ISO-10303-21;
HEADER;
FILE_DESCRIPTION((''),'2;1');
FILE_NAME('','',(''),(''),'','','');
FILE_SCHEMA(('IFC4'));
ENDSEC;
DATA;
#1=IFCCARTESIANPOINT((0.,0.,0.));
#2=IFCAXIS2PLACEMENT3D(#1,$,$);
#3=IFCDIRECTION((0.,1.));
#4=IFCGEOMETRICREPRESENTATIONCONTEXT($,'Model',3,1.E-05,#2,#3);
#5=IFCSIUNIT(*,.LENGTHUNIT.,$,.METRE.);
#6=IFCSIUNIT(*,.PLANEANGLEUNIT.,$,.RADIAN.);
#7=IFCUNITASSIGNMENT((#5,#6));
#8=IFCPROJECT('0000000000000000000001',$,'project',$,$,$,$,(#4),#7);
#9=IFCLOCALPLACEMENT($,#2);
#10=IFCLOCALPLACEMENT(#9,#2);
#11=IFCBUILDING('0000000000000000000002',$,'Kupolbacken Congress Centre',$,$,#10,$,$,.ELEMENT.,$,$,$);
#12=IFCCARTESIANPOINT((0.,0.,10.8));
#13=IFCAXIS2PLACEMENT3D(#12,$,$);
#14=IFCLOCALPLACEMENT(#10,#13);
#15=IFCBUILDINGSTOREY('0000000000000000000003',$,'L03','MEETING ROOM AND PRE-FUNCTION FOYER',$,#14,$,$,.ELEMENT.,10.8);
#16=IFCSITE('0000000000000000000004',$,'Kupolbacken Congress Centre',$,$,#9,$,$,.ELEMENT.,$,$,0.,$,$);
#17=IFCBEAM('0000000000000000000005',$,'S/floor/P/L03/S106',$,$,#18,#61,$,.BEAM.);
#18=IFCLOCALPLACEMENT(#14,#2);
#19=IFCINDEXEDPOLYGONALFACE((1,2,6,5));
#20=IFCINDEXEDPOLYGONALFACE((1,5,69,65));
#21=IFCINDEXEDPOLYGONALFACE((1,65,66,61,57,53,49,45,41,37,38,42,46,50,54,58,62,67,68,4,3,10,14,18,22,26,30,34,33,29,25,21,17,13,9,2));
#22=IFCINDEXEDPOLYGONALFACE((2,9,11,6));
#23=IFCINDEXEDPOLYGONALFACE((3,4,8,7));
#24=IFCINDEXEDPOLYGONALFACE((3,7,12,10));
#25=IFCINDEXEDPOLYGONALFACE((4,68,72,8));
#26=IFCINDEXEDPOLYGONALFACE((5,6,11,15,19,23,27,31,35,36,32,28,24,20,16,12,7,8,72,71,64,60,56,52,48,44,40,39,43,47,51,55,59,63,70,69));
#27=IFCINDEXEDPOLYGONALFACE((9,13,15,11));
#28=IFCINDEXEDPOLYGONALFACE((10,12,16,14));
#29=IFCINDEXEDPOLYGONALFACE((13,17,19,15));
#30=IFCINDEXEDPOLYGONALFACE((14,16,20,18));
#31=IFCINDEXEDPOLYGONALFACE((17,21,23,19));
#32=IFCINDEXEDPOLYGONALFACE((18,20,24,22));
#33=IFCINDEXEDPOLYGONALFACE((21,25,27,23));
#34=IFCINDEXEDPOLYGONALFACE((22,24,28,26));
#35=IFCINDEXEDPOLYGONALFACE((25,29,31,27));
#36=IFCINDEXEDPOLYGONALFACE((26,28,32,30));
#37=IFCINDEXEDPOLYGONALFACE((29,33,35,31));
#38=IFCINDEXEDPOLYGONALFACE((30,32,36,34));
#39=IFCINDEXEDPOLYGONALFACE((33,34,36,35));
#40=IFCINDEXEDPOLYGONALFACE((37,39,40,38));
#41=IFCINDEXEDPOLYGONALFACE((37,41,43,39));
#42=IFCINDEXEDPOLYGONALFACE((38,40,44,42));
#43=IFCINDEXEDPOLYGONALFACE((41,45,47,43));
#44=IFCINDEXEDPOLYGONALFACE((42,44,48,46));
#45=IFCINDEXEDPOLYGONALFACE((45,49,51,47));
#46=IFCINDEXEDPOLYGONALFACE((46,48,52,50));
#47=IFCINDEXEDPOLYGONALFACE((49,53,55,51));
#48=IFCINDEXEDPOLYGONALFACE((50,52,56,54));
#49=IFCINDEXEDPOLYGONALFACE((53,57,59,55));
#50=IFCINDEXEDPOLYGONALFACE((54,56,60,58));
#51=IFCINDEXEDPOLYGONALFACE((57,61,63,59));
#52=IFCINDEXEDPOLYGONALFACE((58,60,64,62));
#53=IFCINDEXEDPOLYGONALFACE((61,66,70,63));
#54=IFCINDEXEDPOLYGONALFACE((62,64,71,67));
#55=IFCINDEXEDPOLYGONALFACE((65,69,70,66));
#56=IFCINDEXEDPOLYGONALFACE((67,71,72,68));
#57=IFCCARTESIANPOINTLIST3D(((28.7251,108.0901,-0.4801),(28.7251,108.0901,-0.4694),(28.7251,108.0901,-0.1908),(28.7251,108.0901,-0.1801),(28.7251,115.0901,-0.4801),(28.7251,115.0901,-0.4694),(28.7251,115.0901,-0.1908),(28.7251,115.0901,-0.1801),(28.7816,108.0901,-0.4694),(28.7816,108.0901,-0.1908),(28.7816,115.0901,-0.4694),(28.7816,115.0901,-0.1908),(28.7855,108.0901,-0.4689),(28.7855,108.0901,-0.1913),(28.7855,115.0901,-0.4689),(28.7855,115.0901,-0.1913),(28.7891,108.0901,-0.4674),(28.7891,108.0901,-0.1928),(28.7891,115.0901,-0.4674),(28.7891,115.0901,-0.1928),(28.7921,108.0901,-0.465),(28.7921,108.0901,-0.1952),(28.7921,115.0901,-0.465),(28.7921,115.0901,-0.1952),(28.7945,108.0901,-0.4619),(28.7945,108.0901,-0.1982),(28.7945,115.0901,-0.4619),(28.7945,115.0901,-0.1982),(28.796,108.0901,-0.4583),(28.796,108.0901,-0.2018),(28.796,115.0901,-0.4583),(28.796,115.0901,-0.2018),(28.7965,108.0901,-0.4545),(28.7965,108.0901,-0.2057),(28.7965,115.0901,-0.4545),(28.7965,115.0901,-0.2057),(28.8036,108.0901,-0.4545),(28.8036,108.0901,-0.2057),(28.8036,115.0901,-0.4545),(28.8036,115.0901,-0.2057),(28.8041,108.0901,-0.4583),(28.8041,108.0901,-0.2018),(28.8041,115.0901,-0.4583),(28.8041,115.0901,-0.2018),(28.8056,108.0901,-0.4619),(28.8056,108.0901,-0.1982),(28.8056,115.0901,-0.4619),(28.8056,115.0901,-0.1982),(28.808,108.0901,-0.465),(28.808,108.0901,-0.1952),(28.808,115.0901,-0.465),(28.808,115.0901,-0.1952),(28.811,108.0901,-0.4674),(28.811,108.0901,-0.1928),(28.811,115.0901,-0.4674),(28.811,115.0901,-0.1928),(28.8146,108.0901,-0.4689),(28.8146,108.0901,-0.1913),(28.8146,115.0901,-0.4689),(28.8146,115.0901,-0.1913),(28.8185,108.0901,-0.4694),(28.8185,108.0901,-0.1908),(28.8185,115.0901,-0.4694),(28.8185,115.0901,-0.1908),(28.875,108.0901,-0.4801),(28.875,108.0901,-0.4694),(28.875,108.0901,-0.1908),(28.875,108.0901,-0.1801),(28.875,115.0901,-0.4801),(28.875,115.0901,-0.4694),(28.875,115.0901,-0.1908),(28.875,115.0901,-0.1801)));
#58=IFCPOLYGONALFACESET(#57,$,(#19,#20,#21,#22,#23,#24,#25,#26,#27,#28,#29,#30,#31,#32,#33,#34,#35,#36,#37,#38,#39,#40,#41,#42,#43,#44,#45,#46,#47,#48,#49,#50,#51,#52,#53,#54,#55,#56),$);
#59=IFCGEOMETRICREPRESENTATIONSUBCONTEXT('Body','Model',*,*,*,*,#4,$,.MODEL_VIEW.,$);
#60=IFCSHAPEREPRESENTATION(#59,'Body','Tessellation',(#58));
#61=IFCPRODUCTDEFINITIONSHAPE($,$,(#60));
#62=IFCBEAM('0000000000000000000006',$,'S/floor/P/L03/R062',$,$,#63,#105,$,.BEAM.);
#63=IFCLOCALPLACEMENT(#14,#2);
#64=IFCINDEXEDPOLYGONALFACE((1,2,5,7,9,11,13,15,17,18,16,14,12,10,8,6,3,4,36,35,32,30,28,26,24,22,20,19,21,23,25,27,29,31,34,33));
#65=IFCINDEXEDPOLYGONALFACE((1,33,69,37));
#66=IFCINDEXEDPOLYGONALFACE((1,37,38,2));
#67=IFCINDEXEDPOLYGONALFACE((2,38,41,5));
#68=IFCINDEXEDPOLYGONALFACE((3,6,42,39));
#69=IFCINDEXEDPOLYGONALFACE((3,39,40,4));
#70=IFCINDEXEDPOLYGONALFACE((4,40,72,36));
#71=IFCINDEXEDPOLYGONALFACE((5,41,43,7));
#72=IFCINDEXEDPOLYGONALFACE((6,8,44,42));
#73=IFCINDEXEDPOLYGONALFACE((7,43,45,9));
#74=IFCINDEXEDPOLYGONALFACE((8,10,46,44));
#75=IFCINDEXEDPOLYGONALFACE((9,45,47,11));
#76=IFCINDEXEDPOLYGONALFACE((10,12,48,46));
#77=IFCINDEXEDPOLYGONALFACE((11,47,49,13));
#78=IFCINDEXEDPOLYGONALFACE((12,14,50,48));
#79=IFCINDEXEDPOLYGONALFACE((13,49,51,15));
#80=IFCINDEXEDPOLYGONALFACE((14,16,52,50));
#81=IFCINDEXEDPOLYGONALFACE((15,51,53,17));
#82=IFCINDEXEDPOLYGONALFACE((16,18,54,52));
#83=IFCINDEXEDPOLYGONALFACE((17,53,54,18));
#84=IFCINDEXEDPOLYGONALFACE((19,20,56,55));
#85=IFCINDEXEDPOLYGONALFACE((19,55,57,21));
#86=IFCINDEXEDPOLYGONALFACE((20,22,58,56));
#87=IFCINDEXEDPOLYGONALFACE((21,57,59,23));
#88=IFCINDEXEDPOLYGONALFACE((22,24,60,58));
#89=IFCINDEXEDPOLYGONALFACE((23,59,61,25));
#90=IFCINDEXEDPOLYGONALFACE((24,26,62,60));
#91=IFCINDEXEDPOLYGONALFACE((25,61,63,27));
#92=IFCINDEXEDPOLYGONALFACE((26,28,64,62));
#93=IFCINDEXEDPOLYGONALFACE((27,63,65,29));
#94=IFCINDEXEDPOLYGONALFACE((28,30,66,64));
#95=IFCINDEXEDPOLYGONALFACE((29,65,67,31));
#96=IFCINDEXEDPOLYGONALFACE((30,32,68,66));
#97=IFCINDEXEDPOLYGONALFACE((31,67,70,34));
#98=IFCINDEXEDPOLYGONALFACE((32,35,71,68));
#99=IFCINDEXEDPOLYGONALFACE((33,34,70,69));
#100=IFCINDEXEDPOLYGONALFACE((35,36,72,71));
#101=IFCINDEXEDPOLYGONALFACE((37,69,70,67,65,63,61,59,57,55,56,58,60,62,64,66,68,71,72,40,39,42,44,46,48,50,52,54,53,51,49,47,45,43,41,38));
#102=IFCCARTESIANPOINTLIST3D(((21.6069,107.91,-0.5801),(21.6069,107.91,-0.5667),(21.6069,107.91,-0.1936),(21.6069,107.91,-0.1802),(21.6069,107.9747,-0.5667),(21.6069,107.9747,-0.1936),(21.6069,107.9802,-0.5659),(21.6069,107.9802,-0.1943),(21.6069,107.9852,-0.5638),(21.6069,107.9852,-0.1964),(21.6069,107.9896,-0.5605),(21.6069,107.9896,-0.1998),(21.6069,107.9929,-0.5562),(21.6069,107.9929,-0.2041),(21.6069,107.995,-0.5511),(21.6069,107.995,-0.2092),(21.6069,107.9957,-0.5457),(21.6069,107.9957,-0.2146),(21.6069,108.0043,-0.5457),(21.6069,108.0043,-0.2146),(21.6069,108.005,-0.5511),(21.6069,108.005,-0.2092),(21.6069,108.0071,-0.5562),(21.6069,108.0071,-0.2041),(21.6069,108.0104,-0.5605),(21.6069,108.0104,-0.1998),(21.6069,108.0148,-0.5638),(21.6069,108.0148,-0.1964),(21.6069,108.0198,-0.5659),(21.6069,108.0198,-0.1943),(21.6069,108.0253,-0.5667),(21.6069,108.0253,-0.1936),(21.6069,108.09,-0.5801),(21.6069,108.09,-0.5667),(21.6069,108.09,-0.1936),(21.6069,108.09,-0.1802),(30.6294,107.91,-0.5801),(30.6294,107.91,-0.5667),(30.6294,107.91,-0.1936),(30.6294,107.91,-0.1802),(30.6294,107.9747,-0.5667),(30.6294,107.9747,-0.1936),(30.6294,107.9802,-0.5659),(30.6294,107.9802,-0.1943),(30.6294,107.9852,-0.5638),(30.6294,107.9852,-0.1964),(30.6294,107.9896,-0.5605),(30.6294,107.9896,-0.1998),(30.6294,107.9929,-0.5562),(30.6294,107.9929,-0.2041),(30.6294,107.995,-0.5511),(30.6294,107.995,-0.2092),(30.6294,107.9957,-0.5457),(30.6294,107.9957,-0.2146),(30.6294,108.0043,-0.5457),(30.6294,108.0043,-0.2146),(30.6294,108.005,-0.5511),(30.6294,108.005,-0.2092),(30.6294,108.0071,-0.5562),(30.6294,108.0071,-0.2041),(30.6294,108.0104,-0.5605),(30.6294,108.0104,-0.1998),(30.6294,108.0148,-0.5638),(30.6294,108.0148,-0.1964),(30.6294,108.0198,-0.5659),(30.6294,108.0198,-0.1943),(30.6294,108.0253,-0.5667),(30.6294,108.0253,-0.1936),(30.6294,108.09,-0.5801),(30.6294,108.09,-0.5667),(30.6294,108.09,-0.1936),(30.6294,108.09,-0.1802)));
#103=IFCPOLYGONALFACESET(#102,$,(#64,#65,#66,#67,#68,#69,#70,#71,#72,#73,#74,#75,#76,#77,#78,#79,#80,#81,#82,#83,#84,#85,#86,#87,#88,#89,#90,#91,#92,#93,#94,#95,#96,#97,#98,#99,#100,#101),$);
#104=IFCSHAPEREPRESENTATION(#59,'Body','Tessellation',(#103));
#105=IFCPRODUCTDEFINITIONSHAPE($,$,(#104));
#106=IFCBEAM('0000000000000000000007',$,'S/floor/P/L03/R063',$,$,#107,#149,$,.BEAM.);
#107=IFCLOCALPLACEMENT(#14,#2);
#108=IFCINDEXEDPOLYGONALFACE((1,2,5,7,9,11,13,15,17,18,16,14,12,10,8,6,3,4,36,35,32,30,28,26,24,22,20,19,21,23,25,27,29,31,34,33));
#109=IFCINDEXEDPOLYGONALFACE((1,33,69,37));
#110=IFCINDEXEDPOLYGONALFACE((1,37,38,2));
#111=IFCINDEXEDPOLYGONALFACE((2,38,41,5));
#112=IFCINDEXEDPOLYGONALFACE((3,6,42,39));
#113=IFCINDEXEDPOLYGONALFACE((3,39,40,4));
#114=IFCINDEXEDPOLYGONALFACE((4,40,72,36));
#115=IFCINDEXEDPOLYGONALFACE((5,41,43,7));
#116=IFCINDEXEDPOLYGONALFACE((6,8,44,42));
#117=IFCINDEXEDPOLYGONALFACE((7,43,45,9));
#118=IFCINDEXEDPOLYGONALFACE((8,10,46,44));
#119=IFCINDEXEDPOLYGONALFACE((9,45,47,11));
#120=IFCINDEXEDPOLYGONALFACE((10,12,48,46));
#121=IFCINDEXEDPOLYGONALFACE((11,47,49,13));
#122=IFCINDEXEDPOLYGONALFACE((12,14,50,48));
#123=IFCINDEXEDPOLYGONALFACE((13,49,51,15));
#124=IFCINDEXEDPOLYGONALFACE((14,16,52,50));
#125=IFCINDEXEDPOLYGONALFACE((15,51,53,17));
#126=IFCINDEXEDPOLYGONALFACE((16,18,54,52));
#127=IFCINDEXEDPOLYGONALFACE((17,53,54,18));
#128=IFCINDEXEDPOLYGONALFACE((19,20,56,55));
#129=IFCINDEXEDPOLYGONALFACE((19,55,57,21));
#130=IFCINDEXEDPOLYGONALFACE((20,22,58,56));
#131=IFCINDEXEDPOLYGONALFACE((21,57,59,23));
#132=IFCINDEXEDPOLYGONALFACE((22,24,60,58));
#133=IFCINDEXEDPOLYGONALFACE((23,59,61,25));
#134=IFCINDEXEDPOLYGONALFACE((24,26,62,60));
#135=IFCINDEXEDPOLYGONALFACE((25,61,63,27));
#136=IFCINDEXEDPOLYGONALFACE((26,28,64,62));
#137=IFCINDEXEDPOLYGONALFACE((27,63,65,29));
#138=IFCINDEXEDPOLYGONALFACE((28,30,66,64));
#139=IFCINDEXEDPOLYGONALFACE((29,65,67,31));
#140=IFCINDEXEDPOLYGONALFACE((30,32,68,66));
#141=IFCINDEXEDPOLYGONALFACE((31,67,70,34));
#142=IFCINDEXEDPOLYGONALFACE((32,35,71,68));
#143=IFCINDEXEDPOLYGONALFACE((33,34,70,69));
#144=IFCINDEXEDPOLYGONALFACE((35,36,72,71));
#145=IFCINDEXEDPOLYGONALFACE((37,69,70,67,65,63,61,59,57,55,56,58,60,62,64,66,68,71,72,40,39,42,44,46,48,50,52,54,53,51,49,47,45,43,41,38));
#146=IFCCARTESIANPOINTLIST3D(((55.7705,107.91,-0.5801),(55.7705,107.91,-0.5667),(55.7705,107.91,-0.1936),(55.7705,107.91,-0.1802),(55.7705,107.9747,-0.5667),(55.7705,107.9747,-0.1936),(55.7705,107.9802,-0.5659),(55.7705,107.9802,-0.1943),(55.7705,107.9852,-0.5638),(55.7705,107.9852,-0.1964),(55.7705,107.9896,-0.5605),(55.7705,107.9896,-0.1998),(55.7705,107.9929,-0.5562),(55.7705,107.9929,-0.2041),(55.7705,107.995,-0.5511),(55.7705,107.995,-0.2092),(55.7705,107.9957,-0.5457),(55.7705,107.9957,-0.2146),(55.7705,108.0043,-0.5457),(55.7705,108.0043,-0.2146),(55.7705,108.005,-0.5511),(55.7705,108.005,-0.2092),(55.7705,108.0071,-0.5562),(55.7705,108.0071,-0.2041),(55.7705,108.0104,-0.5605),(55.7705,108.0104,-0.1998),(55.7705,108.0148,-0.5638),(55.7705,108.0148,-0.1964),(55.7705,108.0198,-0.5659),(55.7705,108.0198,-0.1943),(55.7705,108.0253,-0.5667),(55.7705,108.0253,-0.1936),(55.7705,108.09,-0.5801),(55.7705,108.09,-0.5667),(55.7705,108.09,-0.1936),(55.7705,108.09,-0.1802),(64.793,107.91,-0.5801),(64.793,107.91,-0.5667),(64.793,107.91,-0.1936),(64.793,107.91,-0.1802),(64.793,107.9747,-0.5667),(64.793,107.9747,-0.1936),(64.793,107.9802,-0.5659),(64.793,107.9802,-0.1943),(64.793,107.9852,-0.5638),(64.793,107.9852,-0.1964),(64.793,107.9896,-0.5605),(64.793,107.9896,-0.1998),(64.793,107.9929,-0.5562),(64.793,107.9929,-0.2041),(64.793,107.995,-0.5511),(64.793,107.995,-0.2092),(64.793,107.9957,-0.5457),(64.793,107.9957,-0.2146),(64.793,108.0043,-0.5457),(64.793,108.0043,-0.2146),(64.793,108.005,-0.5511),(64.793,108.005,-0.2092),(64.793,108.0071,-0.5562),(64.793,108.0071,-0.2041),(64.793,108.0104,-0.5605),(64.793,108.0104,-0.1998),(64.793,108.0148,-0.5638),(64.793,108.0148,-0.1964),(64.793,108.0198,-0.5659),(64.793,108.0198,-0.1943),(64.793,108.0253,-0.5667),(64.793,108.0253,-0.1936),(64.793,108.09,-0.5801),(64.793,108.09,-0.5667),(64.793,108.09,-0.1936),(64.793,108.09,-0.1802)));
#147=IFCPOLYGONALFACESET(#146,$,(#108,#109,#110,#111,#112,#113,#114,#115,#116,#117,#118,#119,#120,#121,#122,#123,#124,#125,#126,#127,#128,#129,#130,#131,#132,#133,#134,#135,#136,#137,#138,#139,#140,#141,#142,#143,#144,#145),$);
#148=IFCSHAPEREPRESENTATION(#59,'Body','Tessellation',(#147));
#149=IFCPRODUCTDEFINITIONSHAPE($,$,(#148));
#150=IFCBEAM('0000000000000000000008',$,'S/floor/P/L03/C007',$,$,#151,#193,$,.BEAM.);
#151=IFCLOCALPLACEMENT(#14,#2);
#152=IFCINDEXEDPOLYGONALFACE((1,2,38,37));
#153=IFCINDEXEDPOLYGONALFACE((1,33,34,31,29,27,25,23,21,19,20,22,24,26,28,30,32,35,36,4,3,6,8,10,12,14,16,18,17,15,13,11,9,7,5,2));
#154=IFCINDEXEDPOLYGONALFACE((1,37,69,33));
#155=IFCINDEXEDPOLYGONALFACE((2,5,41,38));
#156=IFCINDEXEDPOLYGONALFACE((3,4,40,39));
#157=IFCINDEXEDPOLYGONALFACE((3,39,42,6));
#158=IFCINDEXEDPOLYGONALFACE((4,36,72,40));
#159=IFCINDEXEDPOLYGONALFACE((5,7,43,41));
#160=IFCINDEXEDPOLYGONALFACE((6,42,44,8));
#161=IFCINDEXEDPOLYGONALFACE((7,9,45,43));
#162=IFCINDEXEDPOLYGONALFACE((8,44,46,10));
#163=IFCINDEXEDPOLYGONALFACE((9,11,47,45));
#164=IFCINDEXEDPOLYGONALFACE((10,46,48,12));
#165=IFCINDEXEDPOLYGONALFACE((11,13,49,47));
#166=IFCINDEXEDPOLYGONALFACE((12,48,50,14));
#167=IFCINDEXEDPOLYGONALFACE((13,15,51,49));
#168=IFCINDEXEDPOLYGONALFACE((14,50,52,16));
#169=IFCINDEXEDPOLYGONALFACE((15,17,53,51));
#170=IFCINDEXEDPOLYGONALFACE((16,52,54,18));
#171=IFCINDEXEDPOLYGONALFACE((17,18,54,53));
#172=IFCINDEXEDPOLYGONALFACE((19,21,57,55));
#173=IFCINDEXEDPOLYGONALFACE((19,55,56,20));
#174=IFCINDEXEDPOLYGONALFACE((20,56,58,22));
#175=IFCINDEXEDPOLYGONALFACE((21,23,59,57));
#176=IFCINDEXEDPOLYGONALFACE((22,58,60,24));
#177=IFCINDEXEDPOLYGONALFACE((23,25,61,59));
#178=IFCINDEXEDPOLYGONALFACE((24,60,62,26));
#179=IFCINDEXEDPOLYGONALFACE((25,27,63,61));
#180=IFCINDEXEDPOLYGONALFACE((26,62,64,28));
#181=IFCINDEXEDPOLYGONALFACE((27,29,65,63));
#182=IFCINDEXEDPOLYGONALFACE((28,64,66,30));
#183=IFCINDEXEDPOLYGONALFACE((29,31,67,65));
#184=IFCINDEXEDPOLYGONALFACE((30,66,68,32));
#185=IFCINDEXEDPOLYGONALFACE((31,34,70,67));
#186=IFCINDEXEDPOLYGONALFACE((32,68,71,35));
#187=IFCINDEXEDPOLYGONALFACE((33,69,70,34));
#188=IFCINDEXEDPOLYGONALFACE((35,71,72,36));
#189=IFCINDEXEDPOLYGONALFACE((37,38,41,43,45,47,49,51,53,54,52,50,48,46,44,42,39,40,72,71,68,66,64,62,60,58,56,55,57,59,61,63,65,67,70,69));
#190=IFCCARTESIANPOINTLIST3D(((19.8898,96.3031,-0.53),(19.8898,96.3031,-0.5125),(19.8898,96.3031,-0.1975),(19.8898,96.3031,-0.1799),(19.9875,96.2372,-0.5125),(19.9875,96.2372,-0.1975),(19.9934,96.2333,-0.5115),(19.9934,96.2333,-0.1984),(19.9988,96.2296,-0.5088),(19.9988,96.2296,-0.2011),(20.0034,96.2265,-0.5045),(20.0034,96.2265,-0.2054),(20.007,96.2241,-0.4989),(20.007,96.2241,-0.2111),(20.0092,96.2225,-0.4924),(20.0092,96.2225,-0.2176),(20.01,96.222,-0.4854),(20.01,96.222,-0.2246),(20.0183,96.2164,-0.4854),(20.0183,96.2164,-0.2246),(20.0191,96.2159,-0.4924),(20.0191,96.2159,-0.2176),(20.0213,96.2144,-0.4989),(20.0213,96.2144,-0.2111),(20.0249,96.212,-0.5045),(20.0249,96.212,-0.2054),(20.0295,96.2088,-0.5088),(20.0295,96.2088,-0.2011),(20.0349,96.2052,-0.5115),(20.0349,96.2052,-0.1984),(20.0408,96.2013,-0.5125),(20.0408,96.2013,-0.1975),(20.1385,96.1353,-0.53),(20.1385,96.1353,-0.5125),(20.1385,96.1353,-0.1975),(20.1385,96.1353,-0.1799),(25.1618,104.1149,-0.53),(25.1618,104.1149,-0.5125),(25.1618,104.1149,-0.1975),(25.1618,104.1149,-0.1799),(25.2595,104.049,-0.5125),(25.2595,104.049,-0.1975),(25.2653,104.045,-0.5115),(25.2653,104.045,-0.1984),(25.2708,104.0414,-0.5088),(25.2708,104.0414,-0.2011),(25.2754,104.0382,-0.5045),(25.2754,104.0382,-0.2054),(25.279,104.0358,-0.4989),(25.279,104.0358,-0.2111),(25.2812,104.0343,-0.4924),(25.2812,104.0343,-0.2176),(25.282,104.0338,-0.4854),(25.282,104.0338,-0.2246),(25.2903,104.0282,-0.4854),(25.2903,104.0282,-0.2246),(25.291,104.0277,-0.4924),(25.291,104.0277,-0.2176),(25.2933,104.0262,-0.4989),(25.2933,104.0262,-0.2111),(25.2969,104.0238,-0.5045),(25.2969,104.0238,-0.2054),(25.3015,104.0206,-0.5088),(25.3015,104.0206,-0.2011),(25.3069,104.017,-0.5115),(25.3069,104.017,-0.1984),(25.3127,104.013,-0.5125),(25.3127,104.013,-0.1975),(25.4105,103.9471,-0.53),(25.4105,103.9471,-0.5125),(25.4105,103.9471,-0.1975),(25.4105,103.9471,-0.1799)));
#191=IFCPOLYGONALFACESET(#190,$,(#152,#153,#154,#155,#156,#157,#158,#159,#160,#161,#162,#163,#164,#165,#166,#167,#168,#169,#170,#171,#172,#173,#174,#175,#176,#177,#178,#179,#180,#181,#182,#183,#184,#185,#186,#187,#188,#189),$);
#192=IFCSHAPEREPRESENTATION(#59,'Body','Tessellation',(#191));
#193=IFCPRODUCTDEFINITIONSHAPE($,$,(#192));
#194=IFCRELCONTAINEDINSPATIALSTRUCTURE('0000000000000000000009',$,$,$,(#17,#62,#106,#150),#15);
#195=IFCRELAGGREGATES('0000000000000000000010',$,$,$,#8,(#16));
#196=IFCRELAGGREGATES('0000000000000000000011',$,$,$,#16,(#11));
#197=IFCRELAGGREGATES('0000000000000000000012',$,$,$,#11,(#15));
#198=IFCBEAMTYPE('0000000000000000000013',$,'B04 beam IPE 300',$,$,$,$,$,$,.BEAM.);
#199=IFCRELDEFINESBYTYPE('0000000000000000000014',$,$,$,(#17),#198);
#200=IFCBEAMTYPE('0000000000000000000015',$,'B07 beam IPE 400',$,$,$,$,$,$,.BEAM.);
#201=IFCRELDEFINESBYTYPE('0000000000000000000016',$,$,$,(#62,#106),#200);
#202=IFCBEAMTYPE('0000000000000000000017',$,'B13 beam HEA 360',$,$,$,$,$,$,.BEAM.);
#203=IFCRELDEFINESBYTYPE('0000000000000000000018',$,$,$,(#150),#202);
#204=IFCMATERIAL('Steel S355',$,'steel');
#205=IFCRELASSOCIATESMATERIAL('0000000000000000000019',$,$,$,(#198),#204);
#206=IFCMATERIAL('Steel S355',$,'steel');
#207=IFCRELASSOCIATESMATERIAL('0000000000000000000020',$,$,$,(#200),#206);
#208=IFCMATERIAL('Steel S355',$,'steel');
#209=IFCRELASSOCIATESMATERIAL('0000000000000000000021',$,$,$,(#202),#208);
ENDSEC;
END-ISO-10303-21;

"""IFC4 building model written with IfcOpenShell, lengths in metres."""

from ifc_helpers import new_model, si_unit, direction, frame, origin, origin_2d, place, context, subcontext, project, spatial, i_section, extrude, material, material_profile, profile_set, type_object, element, save


model = new_model("IFC4")

# Units and contexts
model_context = context("Model", 3, precision=1e-05, world=origin(), true_north=direction((0.0, 1.0)))
body_context = subcontext(model_context, "Body", "Model", "MODEL_VIEW")
ifc_project = project(units=[si_unit("LENGTHUNIT", "METRE"), si_unit("PLANEANGLEUNIT", "RADIAN")], contexts=[model_context])

# Site, building, storey
site_placement = place(None, origin())
site = spatial("IfcSite", under=ifc_project, at=site_placement, Name="Kupolbacken Congress Centre", CompositionType="ELEMENT", RefElevation=0.0)
building_placement = place(site_placement, origin())
building = spatial("IfcBuilding", under=site, at=building_placement, Name="Kupolbacken Congress Centre", CompositionType="ELEMENT")
storey_placement = place(building_placement, frame((0.0, 0.0, 10.8)))
storey = spatial("IfcBuildingStorey", under=building, at=storey_placement, Name="L03", Description="MEETING ROOM AND PRE-FUNCTION FOYER", CompositionType="ELEMENT", Elevation=10.8)

# Beams
ifc_material_1 = material(Name="Steel S355", Category="steel")
ifc_material_profile_1 = material_profile(ifc_material_1, i_section(OverallWidth=0.1499, OverallDepth=0.3, WebThickness=0.0071, FlangeThickness=0.0107, FilletRadius=0.0149, at=origin_2d()), Name="IPE 300")
ifc_profile_set_1 = profile_set([ifc_material_profile_1], Name="Steel S355")
beam_type_1 = type_object("IfcBeamType", Name="B04 beam IPE 300", PredefinedType="BEAM", material=ifc_profile_set_1)
for number, where, z_axis, x_axis, name in (
    (1, (28.8, 108.0901, -0.3301), (0.0, 1.0, 0.0), (-1.0, 0.0, 0.0), "S/floor/P/L03/S106"),
):
    element("IfcBeam", number, at=place(storey_placement, frame(where, z_axis=z_axis, x_axis=x_axis)), inside=storey, type_object=beam_type_1, Name=name, PredefinedType="BEAM", context=body_context, shape_type="SweptSolid", body=[
        extrude(i_section(OverallWidth=0.1499, OverallDepth=0.3, WebThickness=0.0071, FlangeThickness=0.0107, FilletRadius=0.0149, at=origin_2d()), origin(), (0.0, 0.0, 1.0), 7.0),
    ])
ifc_material_2 = material(Name="Steel S355", Category="steel")
ifc_material_profile_2 = material_profile(ifc_material_2, i_section(OverallWidth=0.1799, OverallDepth=0.3999, WebThickness=0.0085, FlangeThickness=0.0134, FilletRadius=0.021, at=origin_2d()), Name="IPE 400")
ifc_profile_set_2 = profile_set([ifc_material_profile_2], Name="Steel S355")
beam_type_2 = type_object("IfcBeamType", Name="B07 beam IPE 400", PredefinedType="BEAM", material=ifc_profile_set_2)
for number, where, z_axis, x_axis, name in (
    (2, (21.6069, 108.0, -0.3801), (1.0, 0.0, 0.0), (0.0, 1.0, 0.0), "S/floor/P/L03/R062"),
    (3, (55.7705, 108.0, -0.3801), (1.0, 0.0, 0.0), (0.0, 1.0, 0.0), "S/floor/P/L03/R063"),
):
    element("IfcBeam", number, at=place(storey_placement, frame(where, z_axis=z_axis, x_axis=x_axis)), inside=storey, type_object=beam_type_2, Name=name, PredefinedType="BEAM", context=body_context, shape_type="SweptSolid", body=[
        extrude(i_section(OverallWidth=0.1799, OverallDepth=0.3999, WebThickness=0.0085, FlangeThickness=0.0134, FilletRadius=0.021, at=origin_2d()), origin(), (0.0, 0.0, 1.0), 9.0225),
    ])
ifc_material_3 = material(Name="Steel S355", Category="steel")
ifc_material_profile_3 = material_profile(ifc_material_3, i_section(OverallWidth=0.3, OverallDepth=0.3501, WebThickness=0.01, FlangeThickness=0.0176, FilletRadius=0.0271, at=origin_2d()), Name="HEA 360")
ifc_profile_set_3 = profile_set([ifc_material_profile_3], Name="Steel S355")
beam_type_3 = type_object("IfcBeamType", Name="B13 beam HEA 360", PredefinedType="BEAM", material=ifc_profile_set_3)
beam_1_placement = place(storey_placement, frame((25.2861, 104.031, -0.355), z_axis=(-0.559402, -0.828896, 0.0), x_axis=(0.828896, -0.559402, 0.0)))
element("IfcBeam", 4, at=beam_1_placement, inside=storey, type_object=beam_type_3, Name="S/floor/P/L03/C007", PredefinedType="BEAM", context=body_context, shape_type="SweptSolid", body=[
    extrude(i_section(OverallWidth=0.3, OverallDepth=0.3501, WebThickness=0.01, FlangeThickness=0.0176, FilletRadius=0.0271, at=origin_2d()), origin(), (0.0, 0.0, 1.0), 9.4243),
])

save(model, "model.ifc")
